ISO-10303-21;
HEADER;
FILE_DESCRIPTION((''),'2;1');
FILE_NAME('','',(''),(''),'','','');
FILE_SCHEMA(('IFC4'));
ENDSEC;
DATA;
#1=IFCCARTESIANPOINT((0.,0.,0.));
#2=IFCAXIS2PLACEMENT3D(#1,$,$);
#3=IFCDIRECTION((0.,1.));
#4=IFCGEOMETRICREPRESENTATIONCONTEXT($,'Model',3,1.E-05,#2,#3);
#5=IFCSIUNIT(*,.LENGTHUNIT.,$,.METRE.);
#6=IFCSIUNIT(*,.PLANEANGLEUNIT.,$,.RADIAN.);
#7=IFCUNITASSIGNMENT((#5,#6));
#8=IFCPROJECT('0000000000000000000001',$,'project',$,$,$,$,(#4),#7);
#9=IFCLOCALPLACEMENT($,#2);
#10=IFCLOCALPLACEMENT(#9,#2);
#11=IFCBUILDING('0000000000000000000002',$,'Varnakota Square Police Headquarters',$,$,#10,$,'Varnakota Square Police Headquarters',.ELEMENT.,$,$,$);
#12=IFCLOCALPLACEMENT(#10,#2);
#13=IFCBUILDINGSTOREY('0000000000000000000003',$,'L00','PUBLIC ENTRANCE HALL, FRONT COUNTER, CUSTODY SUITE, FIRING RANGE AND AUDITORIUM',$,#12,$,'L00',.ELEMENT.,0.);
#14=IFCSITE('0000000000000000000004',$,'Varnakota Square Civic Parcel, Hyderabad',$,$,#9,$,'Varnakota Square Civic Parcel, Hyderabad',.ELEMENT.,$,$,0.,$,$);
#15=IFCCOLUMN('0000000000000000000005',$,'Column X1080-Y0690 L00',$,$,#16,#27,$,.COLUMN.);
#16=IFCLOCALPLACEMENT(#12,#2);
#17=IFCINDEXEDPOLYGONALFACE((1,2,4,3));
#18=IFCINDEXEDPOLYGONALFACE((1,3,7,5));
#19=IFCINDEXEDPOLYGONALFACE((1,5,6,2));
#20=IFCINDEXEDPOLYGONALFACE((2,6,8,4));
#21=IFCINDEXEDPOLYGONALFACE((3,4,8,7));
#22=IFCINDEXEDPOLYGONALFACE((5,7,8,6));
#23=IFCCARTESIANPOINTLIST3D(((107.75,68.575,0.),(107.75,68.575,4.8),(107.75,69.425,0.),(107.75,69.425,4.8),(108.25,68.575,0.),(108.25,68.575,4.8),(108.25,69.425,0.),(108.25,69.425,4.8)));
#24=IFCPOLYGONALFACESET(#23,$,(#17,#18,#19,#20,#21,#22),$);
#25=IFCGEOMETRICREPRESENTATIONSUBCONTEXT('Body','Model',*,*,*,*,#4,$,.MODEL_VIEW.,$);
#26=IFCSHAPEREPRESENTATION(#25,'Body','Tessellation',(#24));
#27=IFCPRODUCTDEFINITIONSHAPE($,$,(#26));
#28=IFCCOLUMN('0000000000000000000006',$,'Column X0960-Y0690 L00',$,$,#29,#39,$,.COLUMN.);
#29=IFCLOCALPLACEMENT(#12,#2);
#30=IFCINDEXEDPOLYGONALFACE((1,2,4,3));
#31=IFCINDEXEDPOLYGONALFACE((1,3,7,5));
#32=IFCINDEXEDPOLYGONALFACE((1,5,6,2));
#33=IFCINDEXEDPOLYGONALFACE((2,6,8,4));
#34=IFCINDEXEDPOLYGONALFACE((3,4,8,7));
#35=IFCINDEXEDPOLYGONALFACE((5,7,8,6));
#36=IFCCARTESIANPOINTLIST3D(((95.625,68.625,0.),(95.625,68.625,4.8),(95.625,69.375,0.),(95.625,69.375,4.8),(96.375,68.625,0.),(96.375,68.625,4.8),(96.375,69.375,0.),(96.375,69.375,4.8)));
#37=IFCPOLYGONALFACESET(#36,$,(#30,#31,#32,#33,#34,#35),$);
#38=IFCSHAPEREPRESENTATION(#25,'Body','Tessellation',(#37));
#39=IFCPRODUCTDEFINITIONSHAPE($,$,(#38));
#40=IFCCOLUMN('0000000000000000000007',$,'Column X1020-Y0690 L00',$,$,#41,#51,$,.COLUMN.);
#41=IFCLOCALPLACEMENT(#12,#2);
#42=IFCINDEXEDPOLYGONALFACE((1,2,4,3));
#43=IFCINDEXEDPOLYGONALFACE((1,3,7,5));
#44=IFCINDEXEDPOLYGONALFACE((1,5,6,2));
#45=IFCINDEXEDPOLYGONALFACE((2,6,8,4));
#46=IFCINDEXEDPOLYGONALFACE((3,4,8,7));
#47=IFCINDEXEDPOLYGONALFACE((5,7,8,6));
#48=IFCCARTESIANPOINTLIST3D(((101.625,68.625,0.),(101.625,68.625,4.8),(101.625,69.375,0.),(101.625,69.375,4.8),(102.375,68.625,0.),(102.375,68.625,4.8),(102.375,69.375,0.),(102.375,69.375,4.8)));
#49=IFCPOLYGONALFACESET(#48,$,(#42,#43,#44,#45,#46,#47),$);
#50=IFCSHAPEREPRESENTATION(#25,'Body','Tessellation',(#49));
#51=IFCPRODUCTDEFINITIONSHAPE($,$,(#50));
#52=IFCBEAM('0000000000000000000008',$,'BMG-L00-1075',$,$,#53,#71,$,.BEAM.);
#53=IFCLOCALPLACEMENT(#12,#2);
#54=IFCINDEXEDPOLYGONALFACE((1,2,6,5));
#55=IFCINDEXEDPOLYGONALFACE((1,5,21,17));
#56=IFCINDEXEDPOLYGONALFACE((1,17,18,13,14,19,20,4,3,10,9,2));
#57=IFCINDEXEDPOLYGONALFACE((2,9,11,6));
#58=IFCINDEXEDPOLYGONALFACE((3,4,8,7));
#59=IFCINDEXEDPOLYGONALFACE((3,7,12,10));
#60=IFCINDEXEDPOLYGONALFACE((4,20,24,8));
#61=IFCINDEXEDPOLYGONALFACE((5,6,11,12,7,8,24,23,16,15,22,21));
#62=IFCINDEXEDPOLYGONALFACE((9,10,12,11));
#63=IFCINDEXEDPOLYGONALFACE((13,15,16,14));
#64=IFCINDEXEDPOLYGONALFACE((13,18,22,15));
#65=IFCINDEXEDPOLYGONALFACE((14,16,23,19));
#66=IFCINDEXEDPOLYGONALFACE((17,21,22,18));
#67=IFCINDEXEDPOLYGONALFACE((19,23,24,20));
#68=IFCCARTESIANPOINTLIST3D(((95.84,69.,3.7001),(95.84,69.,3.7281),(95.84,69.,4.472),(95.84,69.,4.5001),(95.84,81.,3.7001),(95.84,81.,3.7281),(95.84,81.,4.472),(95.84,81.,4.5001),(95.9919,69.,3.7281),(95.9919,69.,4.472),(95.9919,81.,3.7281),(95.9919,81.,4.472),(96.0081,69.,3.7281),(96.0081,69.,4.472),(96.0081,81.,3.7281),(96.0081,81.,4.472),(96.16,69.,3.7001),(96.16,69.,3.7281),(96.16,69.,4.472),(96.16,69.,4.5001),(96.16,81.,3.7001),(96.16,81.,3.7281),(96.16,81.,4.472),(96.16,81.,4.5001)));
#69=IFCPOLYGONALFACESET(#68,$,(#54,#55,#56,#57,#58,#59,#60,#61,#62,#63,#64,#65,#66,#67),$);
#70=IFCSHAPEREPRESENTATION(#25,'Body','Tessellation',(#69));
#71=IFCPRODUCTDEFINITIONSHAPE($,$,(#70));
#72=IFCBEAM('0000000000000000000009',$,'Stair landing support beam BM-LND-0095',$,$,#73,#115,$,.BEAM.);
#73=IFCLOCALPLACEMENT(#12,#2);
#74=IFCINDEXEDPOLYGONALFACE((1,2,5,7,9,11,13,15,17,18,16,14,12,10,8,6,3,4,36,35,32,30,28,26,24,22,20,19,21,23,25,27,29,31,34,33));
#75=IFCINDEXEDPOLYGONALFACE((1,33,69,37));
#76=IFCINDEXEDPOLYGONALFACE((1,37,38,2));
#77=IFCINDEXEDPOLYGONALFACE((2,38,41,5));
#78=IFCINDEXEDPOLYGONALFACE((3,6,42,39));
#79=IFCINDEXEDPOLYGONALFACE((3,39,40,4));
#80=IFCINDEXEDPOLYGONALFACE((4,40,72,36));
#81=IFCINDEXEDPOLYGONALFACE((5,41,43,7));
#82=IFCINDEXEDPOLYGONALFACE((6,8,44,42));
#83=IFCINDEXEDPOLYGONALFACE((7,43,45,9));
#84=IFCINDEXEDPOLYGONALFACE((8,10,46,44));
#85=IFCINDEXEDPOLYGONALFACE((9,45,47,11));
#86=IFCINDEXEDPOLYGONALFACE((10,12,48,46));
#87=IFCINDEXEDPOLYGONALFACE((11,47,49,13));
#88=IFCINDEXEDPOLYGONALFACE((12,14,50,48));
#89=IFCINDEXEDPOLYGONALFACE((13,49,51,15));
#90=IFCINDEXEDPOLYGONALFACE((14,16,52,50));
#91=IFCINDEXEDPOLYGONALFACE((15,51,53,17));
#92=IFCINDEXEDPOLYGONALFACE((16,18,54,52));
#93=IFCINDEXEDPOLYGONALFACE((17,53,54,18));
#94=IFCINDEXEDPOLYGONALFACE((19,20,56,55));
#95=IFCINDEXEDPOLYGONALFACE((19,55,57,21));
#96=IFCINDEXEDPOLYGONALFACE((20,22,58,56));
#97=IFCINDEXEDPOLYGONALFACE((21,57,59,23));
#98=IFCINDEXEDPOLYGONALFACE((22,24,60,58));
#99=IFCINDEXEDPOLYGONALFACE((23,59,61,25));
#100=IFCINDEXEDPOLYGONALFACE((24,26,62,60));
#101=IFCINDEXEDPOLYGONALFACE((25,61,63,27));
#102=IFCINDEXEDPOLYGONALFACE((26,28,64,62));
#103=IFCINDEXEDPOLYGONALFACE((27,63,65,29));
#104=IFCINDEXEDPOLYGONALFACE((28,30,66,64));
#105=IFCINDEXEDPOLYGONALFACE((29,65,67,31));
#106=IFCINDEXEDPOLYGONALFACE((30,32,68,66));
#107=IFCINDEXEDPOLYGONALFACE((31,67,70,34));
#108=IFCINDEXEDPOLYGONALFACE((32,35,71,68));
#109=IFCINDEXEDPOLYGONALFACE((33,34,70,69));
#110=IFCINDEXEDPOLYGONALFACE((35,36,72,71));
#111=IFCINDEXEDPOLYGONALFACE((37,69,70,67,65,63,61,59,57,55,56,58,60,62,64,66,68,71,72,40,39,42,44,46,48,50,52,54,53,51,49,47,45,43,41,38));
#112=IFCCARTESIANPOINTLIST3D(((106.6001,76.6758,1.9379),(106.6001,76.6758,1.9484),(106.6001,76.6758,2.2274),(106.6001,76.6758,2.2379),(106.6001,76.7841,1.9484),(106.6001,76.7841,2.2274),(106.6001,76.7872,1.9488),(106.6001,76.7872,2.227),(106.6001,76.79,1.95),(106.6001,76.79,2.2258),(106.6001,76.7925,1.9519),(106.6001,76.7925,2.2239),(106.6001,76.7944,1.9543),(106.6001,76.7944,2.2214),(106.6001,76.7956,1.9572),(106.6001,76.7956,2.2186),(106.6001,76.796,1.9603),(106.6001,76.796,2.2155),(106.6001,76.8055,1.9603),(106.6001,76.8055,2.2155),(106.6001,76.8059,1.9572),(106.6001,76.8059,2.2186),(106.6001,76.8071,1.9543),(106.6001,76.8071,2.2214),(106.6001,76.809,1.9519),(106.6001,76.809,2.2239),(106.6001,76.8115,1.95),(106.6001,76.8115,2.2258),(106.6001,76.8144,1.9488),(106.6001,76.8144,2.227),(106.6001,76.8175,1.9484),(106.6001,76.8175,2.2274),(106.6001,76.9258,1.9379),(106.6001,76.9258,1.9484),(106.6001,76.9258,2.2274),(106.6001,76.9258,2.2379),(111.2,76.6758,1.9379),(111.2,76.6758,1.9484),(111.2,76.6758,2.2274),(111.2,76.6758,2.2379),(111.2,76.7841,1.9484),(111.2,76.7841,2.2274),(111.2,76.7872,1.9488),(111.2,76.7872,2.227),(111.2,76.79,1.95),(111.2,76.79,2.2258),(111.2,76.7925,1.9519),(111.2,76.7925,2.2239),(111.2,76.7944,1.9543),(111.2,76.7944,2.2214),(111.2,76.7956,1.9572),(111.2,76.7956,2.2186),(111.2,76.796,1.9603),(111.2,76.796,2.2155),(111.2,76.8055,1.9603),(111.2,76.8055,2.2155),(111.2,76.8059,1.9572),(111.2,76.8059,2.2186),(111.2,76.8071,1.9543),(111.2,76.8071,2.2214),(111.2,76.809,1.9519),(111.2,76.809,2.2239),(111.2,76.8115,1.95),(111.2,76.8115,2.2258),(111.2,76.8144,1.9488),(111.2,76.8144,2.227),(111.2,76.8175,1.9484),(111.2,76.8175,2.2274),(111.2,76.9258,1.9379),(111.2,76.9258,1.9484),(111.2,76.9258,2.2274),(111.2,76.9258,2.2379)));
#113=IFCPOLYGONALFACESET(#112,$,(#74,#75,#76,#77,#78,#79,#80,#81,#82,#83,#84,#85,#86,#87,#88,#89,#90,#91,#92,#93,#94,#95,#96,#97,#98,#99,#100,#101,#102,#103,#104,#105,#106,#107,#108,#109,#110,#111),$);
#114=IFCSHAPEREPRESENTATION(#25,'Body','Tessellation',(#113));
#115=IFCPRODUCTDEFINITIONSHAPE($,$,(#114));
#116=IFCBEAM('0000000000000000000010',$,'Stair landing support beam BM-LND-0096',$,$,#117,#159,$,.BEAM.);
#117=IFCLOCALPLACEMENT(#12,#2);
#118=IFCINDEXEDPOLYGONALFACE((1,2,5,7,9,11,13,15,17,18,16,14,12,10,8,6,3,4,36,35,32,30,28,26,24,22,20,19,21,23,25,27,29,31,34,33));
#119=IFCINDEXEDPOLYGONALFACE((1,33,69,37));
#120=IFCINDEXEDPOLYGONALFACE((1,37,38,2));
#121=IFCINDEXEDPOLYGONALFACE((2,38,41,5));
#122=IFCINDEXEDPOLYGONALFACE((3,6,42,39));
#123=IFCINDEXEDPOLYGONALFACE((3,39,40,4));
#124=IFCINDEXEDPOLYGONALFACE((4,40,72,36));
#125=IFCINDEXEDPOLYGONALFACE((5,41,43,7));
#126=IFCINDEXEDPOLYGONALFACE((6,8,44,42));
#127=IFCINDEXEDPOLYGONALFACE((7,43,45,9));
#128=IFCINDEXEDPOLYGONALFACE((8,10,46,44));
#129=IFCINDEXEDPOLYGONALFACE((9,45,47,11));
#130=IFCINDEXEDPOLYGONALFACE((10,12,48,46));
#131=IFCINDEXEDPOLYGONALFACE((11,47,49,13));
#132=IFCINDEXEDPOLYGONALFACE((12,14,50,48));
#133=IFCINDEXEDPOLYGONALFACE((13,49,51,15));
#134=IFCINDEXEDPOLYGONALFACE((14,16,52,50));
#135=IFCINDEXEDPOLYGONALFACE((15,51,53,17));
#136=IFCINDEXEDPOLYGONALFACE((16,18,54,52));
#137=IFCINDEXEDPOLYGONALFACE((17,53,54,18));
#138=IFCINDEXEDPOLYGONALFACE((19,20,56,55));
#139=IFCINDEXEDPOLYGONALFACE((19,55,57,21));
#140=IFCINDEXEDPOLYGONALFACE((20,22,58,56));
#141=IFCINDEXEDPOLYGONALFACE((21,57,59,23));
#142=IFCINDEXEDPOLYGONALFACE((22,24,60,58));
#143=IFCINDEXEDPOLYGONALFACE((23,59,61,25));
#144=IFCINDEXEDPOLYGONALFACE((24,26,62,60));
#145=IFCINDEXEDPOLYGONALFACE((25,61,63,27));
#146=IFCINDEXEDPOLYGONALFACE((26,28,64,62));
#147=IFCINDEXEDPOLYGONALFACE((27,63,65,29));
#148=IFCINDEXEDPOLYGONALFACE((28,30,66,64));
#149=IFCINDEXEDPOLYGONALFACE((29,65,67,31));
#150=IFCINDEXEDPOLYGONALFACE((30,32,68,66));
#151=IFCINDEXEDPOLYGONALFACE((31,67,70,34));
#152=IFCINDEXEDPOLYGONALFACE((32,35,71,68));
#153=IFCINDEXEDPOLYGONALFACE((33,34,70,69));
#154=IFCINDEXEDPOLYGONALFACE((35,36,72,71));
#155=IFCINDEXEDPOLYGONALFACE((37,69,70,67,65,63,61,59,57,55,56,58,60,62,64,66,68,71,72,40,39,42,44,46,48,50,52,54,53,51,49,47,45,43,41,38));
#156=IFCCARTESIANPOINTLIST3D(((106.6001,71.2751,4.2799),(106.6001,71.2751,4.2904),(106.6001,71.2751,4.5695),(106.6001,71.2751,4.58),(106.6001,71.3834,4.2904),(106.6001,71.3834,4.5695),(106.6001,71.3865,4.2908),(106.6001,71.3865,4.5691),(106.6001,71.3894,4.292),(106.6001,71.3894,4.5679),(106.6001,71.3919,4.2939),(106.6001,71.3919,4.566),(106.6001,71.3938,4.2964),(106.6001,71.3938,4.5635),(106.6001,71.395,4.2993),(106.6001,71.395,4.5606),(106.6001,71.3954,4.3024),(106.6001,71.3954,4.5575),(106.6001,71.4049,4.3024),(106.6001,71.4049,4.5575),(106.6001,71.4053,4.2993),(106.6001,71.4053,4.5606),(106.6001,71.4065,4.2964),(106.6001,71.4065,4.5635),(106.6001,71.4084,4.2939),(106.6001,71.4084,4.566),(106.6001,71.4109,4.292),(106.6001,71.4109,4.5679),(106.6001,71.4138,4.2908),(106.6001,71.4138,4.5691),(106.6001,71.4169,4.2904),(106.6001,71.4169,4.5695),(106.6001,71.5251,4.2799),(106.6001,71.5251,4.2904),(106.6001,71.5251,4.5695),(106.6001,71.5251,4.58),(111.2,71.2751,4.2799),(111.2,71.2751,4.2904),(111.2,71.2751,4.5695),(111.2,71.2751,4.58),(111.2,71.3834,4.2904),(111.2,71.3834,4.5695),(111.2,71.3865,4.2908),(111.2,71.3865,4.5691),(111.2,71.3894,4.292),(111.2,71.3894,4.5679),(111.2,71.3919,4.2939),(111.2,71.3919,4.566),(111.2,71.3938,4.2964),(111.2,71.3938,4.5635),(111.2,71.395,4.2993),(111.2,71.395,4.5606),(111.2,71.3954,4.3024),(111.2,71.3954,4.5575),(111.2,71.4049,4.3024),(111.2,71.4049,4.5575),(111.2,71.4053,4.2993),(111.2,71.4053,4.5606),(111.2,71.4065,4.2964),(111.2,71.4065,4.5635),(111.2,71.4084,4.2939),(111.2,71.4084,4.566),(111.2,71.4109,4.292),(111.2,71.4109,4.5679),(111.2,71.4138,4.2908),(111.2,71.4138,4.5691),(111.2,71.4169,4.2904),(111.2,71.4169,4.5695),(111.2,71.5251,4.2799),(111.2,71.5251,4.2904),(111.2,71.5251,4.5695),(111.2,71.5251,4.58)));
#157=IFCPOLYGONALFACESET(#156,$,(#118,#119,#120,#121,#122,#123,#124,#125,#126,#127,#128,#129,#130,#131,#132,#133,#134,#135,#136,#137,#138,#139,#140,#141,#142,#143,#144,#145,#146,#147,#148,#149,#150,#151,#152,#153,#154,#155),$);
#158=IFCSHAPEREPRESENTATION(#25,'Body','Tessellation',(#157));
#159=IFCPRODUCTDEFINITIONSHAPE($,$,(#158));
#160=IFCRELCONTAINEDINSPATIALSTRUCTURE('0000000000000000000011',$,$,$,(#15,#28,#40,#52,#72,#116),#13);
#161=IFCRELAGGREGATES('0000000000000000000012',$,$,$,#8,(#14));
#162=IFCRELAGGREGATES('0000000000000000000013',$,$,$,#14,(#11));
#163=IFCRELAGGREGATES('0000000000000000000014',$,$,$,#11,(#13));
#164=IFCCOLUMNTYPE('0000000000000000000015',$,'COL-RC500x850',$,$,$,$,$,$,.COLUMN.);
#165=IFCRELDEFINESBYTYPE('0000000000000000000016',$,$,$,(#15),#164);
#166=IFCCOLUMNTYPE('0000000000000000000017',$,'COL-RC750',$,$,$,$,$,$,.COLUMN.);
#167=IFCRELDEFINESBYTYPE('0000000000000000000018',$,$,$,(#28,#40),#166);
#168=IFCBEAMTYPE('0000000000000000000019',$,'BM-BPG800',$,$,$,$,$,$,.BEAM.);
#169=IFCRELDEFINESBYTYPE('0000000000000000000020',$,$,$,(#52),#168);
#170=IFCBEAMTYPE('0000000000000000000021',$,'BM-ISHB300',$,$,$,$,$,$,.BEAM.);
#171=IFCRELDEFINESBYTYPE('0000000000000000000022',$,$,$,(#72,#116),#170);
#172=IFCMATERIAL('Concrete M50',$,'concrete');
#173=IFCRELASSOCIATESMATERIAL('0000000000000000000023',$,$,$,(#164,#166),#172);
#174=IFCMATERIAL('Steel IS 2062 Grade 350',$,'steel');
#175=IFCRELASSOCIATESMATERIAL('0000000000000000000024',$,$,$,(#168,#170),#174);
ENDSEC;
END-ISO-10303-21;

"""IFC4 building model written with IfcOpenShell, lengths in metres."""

from ifc_helpers import new_model, si_unit, direction, frame, origin, origin_2d, place, context, subcontext, project, spatial, rectangle, i_section, extrude, material, material_profile, profile_set, type_object, element, save


model = new_model("IFC4")

# Units and contexts
model_context = context("Model", 3, precision=1e-05, world=origin(), true_north=direction((0.0, 1.0)))
body_context = subcontext(model_context, "Body", "Model", "MODEL_VIEW")
ifc_project = project(units=[si_unit("LENGTHUNIT", "METRE"), si_unit("PLANEANGLEUNIT", "RADIAN")], contexts=[model_context])

# Site, building, storey
site_placement = place(None, origin())
site = spatial("IfcSite", under=ifc_project, at=site_placement, Name="Varnakota Square Civic Parcel, Hyderabad", LongName="Varnakota Square Civic Parcel, Hyderabad", CompositionType="ELEMENT", RefElevation=0.0)
building_placement = place(site_placement, origin())
building = spatial("IfcBuilding", under=site, at=building_placement, Name="Varnakota Square Police Headquarters", LongName="Varnakota Square Police Headquarters", CompositionType="ELEMENT")
storey_placement = place(building_placement, origin())
storey = spatial("IfcBuildingStorey", under=building, at=storey_placement, Name="L00", Description="PUBLIC ENTRANCE HALL, FRONT COUNTER, CUSTODY SUITE, FIRING RANGE AND AUDITORIUM", LongName="L00", CompositionType="ELEMENT", Elevation=0.0)

# Columns
ifc_material_1 = material(Name="Concrete M50", Category="concrete")
ifc_material_profile_1 = material_profile(ifc_material_1, rectangle(XDim=0.5, YDim=0.8501, at=origin_2d()), Name="RC 500x850")
ifc_profile_set_1 = profile_set([ifc_material_profile_1], Name="Concrete M50")
column_type_1 = type_object("IfcColumnType", Name="COL-RC500x850", PredefinedType="COLUMN", material=ifc_profile_set_1)
column_placement = place(storey_placement, frame((108.0, 69.0, 0.0), z_axis=(0.0, 0.0, 1.0), x_axis=(1.0, 0.0, 0.0)))
element("IfcColumn", 1, at=column_placement, inside=storey, type_object=column_type_1, Name="Column X1080-Y0690 L00", PredefinedType="COLUMN", context=body_context, shape_type="SweptSolid", body=[
    extrude(rectangle(XDim=0.5, YDim=0.8501, at=origin_2d()), origin(), (0.0, 0.0, 1.0), 4.8),
])
ifc_material_profile_2 = material_profile(ifc_material_1, rectangle(XDim=0.75, YDim=0.75, at=origin_2d()), Name="RC 750x750")
ifc_profile_set_2 = profile_set([ifc_material_profile_2], Name="Concrete M50")
column_type_2 = type_object("IfcColumnType", Name="COL-RC750", PredefinedType="COLUMN", material=ifc_profile_set_2)
for number, where, z_axis, x_axis, name in (
    (2, (96.0, 69.0, 0.0), (0.0, 0.0, 1.0), (1.0, 0.0, 0.0), "Column X0960-Y0690 L00"),
    (3, (102.0, 69.0, 0.0), (0.0, 0.0, 1.0), (1.0, 0.0, 0.0), "Column X1020-Y0690 L00"),
):
    element("IfcColumn", number, at=place(storey_placement, frame(where, z_axis=z_axis, x_axis=x_axis)), inside=storey, type_object=column_type_2, Name=name, PredefinedType="COLUMN", context=body_context, shape_type="SweptSolid", body=[
        extrude(rectangle(XDim=0.75, YDim=0.75, at=origin_2d()), origin(), (0.0, 0.0, 1.0), 4.8),
    ])

# Beams
ifc_material_2 = material(Name="Steel IS 2062 Grade 350", Category="steel")
ifc_material_profile_3 = material_profile(ifc_material_2, i_section(OverallWidth=0.3201, OverallDepth=0.8, WebThickness=0.0161, FlangeThickness=0.0281, at=origin_2d()), Name="BPG 800x320")
ifc_profile_set_3 = profile_set([ifc_material_profile_3], Name="Steel IS 2062 Grade 350")
beam_type_1 = type_object("IfcBeamType", Name="BM-BPG800", PredefinedType="BEAM", material=ifc_profile_set_3)
beam_1_placement = place(storey_placement, frame((96.0, 69.0, 4.1001), z_axis=(0.0, 1.0, 0.0), x_axis=(-1.0, 0.0, 0.0)))
element("IfcBeam", 4, at=beam_1_placement, inside=storey, type_object=beam_type_1, Name="BMG-L00-1075", PredefinedType="BEAM", context=body_context, shape_type="SweptSolid", body=[
    extrude(i_section(OverallWidth=0.3201, OverallDepth=0.8, WebThickness=0.0161, FlangeThickness=0.0281, at=origin_2d()), origin(), (0.0, 0.0, 1.0), 12.0),
])
ifc_material_profile_4 = material_profile(ifc_material_2, i_section(OverallWidth=0.25, OverallDepth=0.3, WebThickness=0.0095, FlangeThickness=0.0105, FilletRadius=0.012, at=origin_2d()), Name="ISHB 300")
ifc_profile_set_4 = profile_set([ifc_material_profile_4], Name="Steel IS 2062 Grade 350")
beam_type_2 = type_object("IfcBeamType", Name="BM-ISHB300", PredefinedType="BEAM", material=ifc_profile_set_4)
for number, where, z_axis, x_axis, name in (
    (5, (106.6001, 76.8008, 2.0879), (1.0, 0.0, 0.0), (0.0, 1.0, 0.0), "Stair landing support beam BM-LND-0095"),
    (6, (106.6001, 71.4001, 4.4299), (1.0, 0.0, 0.0), (0.0, 1.0, 0.0), "Stair landing support beam BM-LND-0096"),
):
    element("IfcBeam", number, at=place(storey_placement, frame(where, z_axis=z_axis, x_axis=x_axis)), inside=storey, type_object=beam_type_2, Name=name, PredefinedType="BEAM", context=body_context, shape_type="SweptSolid", body=[
        extrude(i_section(OverallWidth=0.25, OverallDepth=0.3, WebThickness=0.0095, FlangeThickness=0.0105, FilletRadius=0.012, at=origin_2d()), origin(), (0.0, 0.0, 1.0), 4.5999),
    ])

save(model, "model.ifc")
